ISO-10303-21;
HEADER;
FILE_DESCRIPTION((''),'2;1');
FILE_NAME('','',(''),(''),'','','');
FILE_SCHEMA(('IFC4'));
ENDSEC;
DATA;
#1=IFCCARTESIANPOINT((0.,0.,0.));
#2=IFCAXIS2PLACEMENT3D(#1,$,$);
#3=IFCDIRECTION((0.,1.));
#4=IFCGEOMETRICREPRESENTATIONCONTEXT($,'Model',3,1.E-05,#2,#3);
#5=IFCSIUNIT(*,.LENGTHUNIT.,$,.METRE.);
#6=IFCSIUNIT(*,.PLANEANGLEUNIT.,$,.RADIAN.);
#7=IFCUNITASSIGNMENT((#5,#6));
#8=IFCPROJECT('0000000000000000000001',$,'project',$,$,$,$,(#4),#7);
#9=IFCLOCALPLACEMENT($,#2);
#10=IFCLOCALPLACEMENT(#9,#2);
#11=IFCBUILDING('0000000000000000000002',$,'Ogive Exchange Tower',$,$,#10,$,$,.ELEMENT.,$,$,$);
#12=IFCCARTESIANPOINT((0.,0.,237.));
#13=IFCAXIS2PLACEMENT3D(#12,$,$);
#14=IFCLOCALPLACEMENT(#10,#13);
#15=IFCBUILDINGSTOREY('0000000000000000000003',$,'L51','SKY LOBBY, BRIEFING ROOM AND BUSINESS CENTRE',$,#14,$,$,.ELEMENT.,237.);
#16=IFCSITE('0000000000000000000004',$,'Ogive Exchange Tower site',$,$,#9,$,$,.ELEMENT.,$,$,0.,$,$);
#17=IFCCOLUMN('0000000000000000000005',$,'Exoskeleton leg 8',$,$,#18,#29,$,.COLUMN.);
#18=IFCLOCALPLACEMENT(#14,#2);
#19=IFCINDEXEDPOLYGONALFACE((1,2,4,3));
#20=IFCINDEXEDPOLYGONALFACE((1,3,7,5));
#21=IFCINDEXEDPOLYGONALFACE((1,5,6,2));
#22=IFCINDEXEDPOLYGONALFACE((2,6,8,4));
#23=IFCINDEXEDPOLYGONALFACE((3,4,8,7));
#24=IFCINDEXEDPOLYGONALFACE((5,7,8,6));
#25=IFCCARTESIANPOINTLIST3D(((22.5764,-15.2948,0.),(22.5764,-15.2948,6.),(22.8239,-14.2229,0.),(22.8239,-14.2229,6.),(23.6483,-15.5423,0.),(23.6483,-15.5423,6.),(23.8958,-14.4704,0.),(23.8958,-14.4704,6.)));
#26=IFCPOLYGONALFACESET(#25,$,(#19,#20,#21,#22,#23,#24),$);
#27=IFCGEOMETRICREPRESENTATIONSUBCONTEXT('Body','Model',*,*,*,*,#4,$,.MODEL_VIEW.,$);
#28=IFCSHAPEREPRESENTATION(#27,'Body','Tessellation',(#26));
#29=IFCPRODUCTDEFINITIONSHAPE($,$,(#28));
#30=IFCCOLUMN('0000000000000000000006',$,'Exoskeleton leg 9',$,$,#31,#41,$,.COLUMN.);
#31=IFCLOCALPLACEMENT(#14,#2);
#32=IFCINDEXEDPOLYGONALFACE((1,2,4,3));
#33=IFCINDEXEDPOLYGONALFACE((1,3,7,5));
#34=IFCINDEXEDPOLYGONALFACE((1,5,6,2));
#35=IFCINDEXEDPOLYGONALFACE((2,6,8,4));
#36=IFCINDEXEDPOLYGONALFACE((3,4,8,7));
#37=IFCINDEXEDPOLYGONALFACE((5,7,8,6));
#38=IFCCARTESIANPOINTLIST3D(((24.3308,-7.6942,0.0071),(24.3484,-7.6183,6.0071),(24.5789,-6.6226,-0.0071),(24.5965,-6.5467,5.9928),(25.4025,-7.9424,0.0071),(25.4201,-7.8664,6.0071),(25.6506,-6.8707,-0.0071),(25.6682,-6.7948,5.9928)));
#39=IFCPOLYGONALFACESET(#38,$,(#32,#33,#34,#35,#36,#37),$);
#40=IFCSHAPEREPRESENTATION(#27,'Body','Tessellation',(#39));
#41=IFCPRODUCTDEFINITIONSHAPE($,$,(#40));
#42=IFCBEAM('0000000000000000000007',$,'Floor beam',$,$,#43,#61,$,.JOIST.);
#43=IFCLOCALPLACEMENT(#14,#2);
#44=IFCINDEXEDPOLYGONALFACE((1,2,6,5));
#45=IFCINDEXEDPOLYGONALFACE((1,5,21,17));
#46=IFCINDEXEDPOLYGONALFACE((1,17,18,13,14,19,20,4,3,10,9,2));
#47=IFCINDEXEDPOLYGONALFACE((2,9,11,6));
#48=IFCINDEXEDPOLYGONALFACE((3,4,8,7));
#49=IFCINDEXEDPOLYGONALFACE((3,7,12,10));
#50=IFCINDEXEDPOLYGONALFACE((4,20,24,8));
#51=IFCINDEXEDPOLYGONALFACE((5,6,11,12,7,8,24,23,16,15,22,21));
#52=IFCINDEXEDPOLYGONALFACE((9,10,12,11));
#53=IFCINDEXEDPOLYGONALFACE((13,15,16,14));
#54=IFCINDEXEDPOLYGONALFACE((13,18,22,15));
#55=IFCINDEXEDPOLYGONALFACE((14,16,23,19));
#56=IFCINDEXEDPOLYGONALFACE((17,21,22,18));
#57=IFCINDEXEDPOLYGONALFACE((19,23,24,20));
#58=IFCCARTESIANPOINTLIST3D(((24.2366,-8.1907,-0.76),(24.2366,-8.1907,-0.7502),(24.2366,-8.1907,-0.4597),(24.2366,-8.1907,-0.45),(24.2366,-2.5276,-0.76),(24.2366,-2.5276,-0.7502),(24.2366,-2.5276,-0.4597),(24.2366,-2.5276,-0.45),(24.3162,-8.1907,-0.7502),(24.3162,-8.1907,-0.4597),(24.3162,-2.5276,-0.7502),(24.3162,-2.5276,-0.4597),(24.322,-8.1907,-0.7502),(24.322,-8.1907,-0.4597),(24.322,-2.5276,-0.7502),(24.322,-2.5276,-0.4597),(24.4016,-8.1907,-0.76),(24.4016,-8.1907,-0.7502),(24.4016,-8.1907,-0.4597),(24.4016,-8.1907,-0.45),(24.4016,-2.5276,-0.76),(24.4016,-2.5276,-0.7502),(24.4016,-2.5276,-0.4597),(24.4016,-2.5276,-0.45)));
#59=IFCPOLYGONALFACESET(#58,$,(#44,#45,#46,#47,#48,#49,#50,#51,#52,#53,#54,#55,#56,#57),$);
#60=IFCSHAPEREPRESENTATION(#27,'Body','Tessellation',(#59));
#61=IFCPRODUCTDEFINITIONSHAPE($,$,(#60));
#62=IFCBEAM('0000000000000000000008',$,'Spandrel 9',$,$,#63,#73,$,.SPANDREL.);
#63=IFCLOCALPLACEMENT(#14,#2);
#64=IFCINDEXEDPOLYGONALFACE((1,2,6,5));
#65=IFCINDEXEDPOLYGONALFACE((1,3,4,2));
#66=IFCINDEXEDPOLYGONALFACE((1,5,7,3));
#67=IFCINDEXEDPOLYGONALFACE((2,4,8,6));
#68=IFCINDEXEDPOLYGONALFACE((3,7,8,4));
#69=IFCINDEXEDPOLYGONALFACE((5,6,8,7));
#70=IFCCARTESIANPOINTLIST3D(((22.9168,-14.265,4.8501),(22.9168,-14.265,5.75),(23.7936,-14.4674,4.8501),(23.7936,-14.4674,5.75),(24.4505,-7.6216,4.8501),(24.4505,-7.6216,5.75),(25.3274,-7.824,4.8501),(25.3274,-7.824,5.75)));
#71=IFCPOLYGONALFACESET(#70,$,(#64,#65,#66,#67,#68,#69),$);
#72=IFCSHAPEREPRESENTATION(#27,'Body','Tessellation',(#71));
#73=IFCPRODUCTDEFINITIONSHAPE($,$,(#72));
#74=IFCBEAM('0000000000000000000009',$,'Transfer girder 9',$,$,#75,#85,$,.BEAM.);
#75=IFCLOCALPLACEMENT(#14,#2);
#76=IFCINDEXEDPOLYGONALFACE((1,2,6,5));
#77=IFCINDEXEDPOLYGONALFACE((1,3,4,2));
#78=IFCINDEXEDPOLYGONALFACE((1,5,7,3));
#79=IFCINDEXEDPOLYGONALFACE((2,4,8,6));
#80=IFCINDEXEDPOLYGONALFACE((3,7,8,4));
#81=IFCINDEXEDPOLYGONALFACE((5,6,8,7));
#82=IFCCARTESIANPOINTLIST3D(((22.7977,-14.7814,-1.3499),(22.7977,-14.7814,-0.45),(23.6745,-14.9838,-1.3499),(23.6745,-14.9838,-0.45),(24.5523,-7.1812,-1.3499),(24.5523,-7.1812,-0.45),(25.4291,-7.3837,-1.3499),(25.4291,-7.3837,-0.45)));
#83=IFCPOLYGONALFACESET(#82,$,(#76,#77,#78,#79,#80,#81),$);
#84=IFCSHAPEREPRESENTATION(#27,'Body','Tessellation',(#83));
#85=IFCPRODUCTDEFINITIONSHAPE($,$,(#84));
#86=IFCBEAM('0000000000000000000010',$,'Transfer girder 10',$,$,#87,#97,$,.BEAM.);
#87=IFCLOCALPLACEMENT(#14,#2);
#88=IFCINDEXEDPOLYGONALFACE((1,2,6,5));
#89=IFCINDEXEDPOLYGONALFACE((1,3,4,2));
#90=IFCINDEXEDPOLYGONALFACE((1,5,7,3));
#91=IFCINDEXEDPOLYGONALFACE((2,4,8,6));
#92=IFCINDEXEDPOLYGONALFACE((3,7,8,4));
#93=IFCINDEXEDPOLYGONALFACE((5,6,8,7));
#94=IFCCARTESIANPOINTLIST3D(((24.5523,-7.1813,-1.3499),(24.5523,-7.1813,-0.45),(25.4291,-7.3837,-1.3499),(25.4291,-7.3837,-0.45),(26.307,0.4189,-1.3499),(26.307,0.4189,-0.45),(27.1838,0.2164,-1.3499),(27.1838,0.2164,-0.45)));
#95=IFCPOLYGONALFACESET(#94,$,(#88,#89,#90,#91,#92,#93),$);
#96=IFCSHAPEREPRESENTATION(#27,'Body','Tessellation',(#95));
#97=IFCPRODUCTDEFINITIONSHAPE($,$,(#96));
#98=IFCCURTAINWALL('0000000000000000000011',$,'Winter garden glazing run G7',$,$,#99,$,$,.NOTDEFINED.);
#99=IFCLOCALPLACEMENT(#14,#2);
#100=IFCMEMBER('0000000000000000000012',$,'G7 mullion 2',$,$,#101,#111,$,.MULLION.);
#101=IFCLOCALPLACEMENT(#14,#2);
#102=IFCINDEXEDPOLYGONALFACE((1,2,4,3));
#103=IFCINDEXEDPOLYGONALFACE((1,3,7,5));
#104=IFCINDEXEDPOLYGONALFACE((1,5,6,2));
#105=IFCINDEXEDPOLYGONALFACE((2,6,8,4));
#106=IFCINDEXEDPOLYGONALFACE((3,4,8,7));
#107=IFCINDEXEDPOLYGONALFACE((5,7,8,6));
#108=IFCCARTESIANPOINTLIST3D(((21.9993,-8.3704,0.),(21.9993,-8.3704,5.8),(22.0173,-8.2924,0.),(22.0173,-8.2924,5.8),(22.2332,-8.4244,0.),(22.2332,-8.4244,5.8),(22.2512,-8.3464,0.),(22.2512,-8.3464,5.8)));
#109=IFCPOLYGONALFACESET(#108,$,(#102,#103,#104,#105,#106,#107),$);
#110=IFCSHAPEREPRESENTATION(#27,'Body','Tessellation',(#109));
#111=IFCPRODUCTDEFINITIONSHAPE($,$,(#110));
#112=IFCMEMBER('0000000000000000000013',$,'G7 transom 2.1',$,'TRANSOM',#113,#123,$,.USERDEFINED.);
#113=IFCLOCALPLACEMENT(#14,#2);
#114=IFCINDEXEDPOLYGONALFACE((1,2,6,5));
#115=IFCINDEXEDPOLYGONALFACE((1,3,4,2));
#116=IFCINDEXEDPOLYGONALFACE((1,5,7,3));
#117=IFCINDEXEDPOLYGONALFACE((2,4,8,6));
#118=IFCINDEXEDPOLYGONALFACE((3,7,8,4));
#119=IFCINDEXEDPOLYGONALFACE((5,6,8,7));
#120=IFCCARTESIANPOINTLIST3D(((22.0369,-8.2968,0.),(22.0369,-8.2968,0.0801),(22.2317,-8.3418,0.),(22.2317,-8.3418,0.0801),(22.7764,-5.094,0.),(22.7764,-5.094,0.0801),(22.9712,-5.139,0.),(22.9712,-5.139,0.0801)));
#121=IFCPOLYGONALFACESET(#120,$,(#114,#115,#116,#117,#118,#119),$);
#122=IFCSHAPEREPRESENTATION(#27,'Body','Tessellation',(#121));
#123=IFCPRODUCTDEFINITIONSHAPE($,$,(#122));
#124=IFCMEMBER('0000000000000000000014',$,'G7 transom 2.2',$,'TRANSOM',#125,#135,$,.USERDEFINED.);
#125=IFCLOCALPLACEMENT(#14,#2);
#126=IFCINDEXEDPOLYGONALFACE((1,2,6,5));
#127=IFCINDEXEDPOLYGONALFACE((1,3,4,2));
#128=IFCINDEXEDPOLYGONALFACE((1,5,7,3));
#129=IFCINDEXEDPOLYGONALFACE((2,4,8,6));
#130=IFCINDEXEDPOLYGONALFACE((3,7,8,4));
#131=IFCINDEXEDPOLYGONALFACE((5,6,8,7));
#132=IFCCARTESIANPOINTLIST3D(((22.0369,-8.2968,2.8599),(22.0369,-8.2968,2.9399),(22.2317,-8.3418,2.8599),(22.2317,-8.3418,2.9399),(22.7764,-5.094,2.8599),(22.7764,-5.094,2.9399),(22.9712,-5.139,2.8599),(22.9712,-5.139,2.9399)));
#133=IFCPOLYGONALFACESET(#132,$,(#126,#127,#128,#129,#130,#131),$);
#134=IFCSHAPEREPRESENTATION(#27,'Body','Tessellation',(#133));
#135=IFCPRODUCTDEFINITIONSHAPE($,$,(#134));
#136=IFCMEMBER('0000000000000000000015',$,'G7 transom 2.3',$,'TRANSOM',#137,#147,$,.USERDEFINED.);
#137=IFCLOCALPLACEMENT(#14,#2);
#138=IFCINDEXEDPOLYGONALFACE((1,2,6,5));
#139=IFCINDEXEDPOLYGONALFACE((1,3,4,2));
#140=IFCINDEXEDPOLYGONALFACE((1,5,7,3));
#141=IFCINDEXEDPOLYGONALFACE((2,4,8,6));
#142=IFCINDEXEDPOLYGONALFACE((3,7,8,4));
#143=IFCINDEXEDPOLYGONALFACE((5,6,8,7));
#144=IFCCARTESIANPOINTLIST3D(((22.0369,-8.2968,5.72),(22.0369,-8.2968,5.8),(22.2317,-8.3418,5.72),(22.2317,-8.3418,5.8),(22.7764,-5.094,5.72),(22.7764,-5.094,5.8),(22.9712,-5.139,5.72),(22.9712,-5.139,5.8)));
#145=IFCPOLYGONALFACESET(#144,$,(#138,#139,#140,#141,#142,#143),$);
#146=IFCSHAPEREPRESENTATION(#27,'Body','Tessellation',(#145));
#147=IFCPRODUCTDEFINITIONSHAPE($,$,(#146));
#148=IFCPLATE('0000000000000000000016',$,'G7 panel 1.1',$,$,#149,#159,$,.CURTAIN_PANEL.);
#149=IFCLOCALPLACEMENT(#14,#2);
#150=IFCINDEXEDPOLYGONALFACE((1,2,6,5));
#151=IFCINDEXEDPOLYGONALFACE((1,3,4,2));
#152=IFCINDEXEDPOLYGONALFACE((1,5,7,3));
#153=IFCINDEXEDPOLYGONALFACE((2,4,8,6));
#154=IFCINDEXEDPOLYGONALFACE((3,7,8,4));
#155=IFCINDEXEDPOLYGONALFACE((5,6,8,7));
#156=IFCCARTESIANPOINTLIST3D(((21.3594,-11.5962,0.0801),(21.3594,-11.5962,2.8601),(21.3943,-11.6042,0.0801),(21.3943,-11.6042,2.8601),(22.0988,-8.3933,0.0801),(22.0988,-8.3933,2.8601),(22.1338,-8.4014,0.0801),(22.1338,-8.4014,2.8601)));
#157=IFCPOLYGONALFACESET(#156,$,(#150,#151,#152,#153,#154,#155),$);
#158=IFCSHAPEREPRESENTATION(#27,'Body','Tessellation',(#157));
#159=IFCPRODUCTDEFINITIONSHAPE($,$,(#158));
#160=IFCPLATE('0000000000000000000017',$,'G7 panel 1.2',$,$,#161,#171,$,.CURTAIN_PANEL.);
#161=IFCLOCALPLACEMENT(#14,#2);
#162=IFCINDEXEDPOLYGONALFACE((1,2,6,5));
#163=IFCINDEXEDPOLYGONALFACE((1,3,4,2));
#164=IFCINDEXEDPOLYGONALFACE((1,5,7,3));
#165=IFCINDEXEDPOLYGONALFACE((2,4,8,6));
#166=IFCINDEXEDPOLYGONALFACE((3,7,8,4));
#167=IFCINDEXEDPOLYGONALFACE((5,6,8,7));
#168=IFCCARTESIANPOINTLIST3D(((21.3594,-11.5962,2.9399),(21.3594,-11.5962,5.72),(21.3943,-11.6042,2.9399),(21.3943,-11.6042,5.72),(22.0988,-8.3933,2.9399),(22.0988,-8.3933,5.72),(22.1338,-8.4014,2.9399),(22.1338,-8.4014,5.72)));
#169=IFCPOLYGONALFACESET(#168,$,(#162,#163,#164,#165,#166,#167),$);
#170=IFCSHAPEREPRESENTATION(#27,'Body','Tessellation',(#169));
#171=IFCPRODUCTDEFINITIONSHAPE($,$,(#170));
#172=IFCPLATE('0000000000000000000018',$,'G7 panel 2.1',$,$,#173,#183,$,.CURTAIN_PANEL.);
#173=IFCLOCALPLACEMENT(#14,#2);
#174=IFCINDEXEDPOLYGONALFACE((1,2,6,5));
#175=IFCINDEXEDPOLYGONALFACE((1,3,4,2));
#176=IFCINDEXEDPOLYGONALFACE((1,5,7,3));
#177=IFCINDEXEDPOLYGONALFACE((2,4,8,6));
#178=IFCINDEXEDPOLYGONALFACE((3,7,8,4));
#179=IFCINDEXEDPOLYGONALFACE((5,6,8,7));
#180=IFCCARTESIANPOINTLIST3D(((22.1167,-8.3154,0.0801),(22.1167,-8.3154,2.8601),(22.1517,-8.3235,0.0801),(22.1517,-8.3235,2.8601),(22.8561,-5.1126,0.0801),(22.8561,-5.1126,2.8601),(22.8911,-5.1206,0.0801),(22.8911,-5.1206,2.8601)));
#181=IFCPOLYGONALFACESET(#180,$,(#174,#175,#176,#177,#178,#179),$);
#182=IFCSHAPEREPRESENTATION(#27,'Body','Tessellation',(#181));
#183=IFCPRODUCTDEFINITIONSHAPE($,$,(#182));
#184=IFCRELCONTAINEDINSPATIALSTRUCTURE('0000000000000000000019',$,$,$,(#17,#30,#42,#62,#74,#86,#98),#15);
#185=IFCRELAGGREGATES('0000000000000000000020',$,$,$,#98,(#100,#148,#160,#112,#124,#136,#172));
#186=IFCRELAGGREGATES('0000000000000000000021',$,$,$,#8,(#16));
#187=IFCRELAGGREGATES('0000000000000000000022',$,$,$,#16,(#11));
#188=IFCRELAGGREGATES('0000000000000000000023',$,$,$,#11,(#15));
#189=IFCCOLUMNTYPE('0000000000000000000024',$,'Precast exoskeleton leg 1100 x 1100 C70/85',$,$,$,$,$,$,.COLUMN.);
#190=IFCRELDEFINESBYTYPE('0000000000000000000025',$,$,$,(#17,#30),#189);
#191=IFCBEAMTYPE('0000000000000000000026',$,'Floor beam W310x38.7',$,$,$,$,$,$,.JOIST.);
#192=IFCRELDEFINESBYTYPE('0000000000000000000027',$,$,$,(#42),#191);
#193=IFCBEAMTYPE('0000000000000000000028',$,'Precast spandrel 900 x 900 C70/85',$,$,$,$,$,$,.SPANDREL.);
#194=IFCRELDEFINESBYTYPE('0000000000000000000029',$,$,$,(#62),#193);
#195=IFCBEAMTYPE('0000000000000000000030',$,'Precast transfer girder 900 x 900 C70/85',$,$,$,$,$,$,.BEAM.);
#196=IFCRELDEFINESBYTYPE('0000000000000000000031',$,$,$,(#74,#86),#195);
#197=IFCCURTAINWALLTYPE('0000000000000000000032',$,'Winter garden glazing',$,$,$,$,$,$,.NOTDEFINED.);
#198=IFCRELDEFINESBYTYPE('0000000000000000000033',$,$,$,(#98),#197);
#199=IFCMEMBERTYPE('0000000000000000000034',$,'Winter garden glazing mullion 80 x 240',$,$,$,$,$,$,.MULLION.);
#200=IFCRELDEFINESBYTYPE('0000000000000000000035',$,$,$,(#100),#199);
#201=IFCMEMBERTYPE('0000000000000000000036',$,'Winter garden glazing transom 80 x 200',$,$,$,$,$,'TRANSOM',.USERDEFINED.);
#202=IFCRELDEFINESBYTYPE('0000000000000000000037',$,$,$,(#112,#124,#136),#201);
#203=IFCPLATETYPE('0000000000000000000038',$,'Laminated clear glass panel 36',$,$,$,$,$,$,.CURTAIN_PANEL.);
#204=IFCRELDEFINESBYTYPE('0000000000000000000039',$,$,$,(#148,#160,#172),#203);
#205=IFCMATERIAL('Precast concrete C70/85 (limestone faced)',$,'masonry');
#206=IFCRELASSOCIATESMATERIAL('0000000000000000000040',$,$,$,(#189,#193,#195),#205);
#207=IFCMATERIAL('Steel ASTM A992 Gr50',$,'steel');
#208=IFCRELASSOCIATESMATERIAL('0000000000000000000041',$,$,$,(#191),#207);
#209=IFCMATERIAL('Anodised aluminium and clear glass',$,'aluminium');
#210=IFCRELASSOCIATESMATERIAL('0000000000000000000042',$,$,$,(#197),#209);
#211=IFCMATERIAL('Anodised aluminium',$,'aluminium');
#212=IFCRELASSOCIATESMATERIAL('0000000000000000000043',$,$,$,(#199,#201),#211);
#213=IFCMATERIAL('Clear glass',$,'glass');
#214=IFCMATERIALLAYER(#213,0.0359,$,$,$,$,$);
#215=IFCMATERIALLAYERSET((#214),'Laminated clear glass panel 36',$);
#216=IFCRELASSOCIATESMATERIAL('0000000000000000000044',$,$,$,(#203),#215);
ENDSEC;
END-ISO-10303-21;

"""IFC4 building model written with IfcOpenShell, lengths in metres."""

from ifc_helpers import new_model, si_unit, direction, frame, origin, origin_2d, place, context, subcontext, project, spatial, rectangle, i_section, extrude, material, layer, layer_set, material_profile, profile_set, type_object, element, aggregate, save


model = new_model("IFC4")

# Units and contexts
model_context = context("Model", 3, precision=1e-05, world=origin(), true_north=direction((0.0, 1.0)))
body_context = subcontext(model_context, "Body", "Model", "MODEL_VIEW")
ifc_project = project(units=[si_unit("LENGTHUNIT", "METRE"), si_unit("PLANEANGLEUNIT", "RADIAN")], contexts=[model_context])

# Site, building, storey
site_placement = place(None, origin())
site = spatial("IfcSite", under=ifc_project, at=site_placement, Name="Ogive Exchange Tower site", CompositionType="ELEMENT", RefElevation=0.0)
building_placement = place(site_placement, origin())
building = spatial("IfcBuilding", under=site, at=building_placement, Name="Ogive Exchange Tower", CompositionType="ELEMENT")
storey_placement = place(building_placement, frame((0.0, 0.0, 237.0)))
storey = spatial("IfcBuildingStorey", under=building, at=storey_placement, Name="L51", Description="SKY LOBBY, BRIEFING ROOM AND BUSINESS CENTRE", CompositionType="ELEMENT", Elevation=237.0)

# Columns
ifc_material_1 = material(Name="Precast concrete C70/85 (limestone faced)", Category="masonry")
ifc_material_profile_1 = material_profile(ifc_material_1, rectangle(XDim=1.1001, YDim=1.1001, at=origin_2d()), Name="1100 x 1100")
ifc_profile_set_1 = profile_set([ifc_material_profile_1], Name="Precast concrete C70/85 (limestone faced)")
column_type = type_object("IfcColumnType", Name="Precast exoskeleton leg 1100 x 1100 C70/85", PredefinedType="COLUMN", material=ifc_profile_set_1)
column_1_placement = place(storey_placement, frame((23.2361, -14.8826, 0.0), z_axis=(0.0, 0.0, 1.0), x_axis=(0.97437, -0.224951, 0.0)))
element("IfcColumn", 1, at=column_1_placement, inside=storey, type_object=column_type, Name="Exoskeleton leg 8", PredefinedType="COLUMN", context=body_context, shape_type="SweptSolid", body=[
    extrude(rectangle(XDim=1.1001, YDim=1.1001, at=origin_2d()), origin(), (0.0, 0.0, 1.0), 6.0),
])
column_2_placement = place(storey_placement, frame((24.9907, -7.2825, 0.0), z_axis=(0.002929, 0.012654, 0.999916), x_axis=(-0.974233, 0.225546, 0.0)))
element("IfcColumn", 2, at=column_2_placement, inside=storey, type_object=column_type, Name="Exoskeleton leg 9", PredefinedType="COLUMN", context=body_context, shape_type="SweptSolid", body=[
    extrude(rectangle(XDim=1.1001, YDim=1.1001, at=origin_2d()), origin(), (0.0, 0.0, 1.0), 6.0005),
])

# Beams
ifc_material_2 = material(Name="Steel ASTM A992 Gr50", Category="steel")
ifc_material_profile_2 = material_profile(ifc_material_2, i_section(OverallWidth=0.165, OverallDepth=0.3101, WebThickness=0.0059, FlangeThickness=0.0098, at=origin_2d()), Name="W310x38.7")
ifc_profile_set_2 = profile_set([ifc_material_profile_2], Name="Steel ASTM A992 Gr50")
beam_type_1 = type_object("IfcBeamType", Name="Floor beam W310x38.7", PredefinedType="JOIST", material=ifc_profile_set_2)
beam_1_placement = place(storey_placement, frame((24.3191, -8.1907, -0.605), z_axis=(0.0, 1.0, 0.0), x_axis=(-1.0, 0.0, 0.0)))
element("IfcBeam", 3, at=beam_1_placement, inside=storey, type_object=beam_type_1, Name="Floor beam", PredefinedType="JOIST", context=body_context, shape_type="SweptSolid", body=[
    extrude(i_section(OverallWidth=0.165, OverallDepth=0.3101, WebThickness=0.0059, FlangeThickness=0.0098, at=origin_2d()), origin(), (0.0, 0.0, 1.0), 5.6631),
])
ifc_material_profile_3 = material_profile(ifc_material_1, rectangle(XDim=0.8999, YDim=0.8999, at=origin_2d()), Name="900 x 900")
ifc_profile_set_3 = profile_set([ifc_material_profile_3], Name="Precast concrete C70/85 (limestone faced)")
beam_type_2 = type_object("IfcBeamType", Name="Precast spandrel 900 x 900 C70/85", PredefinedType="SPANDREL", material=ifc_profile_set_3)
beam_2_placement = place(storey_placement, frame((23.3552, -14.3662, 5.3), z_axis=(0.224946, 0.974371, 0.0), x_axis=(-0.974371, 0.224946, 0.0)))
element("IfcBeam", 4, at=beam_2_placement, inside=storey, type_object=beam_type_2, Name="Spandrel 9", PredefinedType="SPANDREL", context=body_context, shape_type="SweptSolid", body=[
    extrude(rectangle(XDim=0.8999, YDim=0.8999, at=origin_2d()), origin(), (0.0, 0.0, 1.0), 6.8181),
])
ifc_material_profile_4 = material_profile(ifc_material_1, rectangle(XDim=0.8999, YDim=0.8999, at=origin_2d()), Name="900 x 900")
ifc_profile_set_4 = profile_set([ifc_material_profile_4], Name="Precast concrete C70/85 (limestone faced)")
beam_type_3 = type_object("IfcBeamType", Name="Precast transfer girder 900 x 900 C70/85", PredefinedType="BEAM", material=ifc_profile_set_4)
for number, where, z_axis, x_axis, name in (
    (5, (23.2361, -14.8826, -0.8999), (0.224953, 0.97437, 0.0), (-0.97437, 0.224953, 0.0), "Transfer girder 9"),
    (6, (24.9907, -7.2825, -0.8999), (0.224953, 0.97437, 0.0), (-0.97437, 0.224953, 0.0), "Transfer girder 10"),
):
    element("IfcBeam", number, at=place(storey_placement, frame(where, z_axis=z_axis, x_axis=x_axis)), inside=storey, type_object=beam_type_3, Name=name, PredefinedType="BEAM", context=body_context, shape_type="SweptSolid", body=[
        extrude(rectangle(XDim=0.8999, YDim=0.8999, at=origin_2d()), origin(), (0.0, 0.0, 1.0), 7.8),
    ])

# Curtain wall, members, plates
ifc_material_3 = material(Name="Anodised aluminium and clear glass", Category="aluminium")
curtain_wall_type = type_object("IfcCurtainWallType", Name="Winter garden glazing", PredefinedType="NOTDEFINED", material=ifc_material_3)
curtain_wall_placement = place(storey_placement, origin())
curtain_wall = element("IfcCurtainWall", 7, at=curtain_wall_placement, inside=storey, type_object=curtain_wall_type, Name="Winter garden glazing run G7", PredefinedType="NOTDEFINED")
ifc_material_4 = material(Name="Anodised aluminium", Category="aluminium")
ifc_material_profile_5 = material_profile(ifc_material_4, rectangle(XDim=0.24, YDim=0.0801, at=origin_2d()), Name="AL 80x240")
ifc_profile_set_5 = profile_set([ifc_material_profile_5], Name="Anodised aluminium")
member_type_1 = type_object("IfcMemberType", Name="Winter garden glazing mullion 80 x 240", PredefinedType="MULLION", material=ifc_profile_set_5)
member_1_placement = place(storey_placement, frame((22.1252, -8.3584, 0.0), z_axis=(0.0, 0.0, 1.0), x_axis=(-0.97437, 0.224952, 0.0)))
member_1 = element("IfcMember", 8, at=member_1_placement, type_object=member_type_1, Name="G7 mullion 2", PredefinedType="MULLION", context=body_context, shape_type="SweptSolid", body=[
    extrude(rectangle(XDim=0.24, YDim=0.0801, at=origin_2d()), origin(), (0.0, 0.0, 1.0), 5.8),
])
ifc_material_profile_6 = material_profile(ifc_material_4, rectangle(XDim=0.2, YDim=0.0801, at=origin_2d()), Name="AL 80x200")
ifc_profile_set_6 = profile_set([ifc_material_profile_6], Name="Anodised aluminium")
member_type_2 = type_object("IfcMemberType", Name="Winter garden glazing transom 80 x 200", ElementType="TRANSOM", PredefinedType="USERDEFINED", material=ifc_profile_set_6)
member_2_placement = place(storey_placement, frame((22.1343, -8.3193, 0.04), z_axis=(0.224968, 0.974366, 0.0), x_axis=(-0.974366, 0.224968, 0.0)))
member_2 = element("IfcMember", 9, at=member_2_placement, type_object=member_type_2, Name="G7 transom 2.1", ObjectType="TRANSOM", PredefinedType="USERDEFINED", context=body_context, shape_type="SweptSolid", body=[
    extrude(rectangle(XDim=0.2, YDim=0.0801, at=origin_2d()), origin(), (0.0, 0.0, 1.0), 3.2871),
])
member_3_placement = place(storey_placement, frame((22.1343, -8.3193, 2.8999), z_axis=(0.224968, 0.974366, 0.0), x_axis=(-0.974366, 0.224968, 0.0)))
member_3 = element("IfcMember", 10, at=member_3_placement, type_object=member_type_2, Name="G7 transom 2.2", ObjectType="TRANSOM", PredefinedType="USERDEFINED", context=body_context, shape_type="SweptSolid", body=[
    extrude(rectangle(XDim=0.2, YDim=0.0801, at=origin_2d()), origin(), (0.0, 0.0, 1.0), 3.2871),
])
member_4_placement = place(storey_placement, frame((22.1343, -8.3193, 5.76), z_axis=(0.224968, 0.974366, 0.0), x_axis=(-0.974366, 0.224968, 0.0)))
member_4 = element("IfcMember", 11, at=member_4_placement, type_object=member_type_2, Name="G7 transom 2.3", ObjectType="TRANSOM", PredefinedType="USERDEFINED", context=body_context, shape_type="SweptSolid", body=[
    extrude(rectangle(XDim=0.2, YDim=0.0801, at=origin_2d()), origin(), (0.0, 0.0, 1.0), 3.2871),
])
ifc_material_5 = material(Name="Clear glass", Category="glass")
ifc_layer_1 = layer(ifc_material_5, 0.0359)
ifc_layer_set_1 = layer_set([ifc_layer_1], Name="Laminated clear glass panel 36")
plate_type = type_object("IfcPlateType", Name="Laminated clear glass panel 36", PredefinedType="CURTAIN_PANEL", material=ifc_layer_set_1)
plate_1_placement = place(storey_placement, frame((21.7466, -9.9988, 0.0801), z_axis=(0.0, 0.0, 1.0), x_axis=(0.224952, 0.97437, 0.0)))
plate_1 = element("IfcPlate", 12, at=plate_1_placement, type_object=plate_type, Name="G7 panel 1.1", PredefinedType="CURTAIN_PANEL", context=body_context, shape_type="SweptSolid", body=[
    extrude(rectangle(XDim=3.2871, YDim=0.0359, at=origin_2d()), origin(), (0.0, 0.0, 1.0), 2.78),
])
plate_2_placement = place(storey_placement, frame((21.7466, -9.9988, 2.9399), z_axis=(0.0, 0.0, 1.0), x_axis=(0.224952, 0.97437, 0.0)))
plate_2 = element("IfcPlate", 13, at=plate_2_placement, type_object=plate_type, Name="G7 panel 1.2", PredefinedType="CURTAIN_PANEL", context=body_context, shape_type="SweptSolid", body=[
    extrude(rectangle(XDim=3.2871, YDim=0.0359, at=origin_2d()), origin(), (0.0, 0.0, 1.0), 2.78),
])
plate_3_placement = place(storey_placement, frame((22.5039, -6.718, 0.0801), z_axis=(0.0, 0.0, 1.0), x_axis=(0.224952, 0.97437, 0.0)))
plate_3 = element("IfcPlate", 14, at=plate_3_placement, type_object=plate_type, Name="G7 panel 2.1", PredefinedType="CURTAIN_PANEL", context=body_context, shape_type="SweptSolid", body=[
    extrude(rectangle(XDim=3.2871, YDim=0.0359, at=origin_2d()), origin(), (0.0, 0.0, 1.0), 2.78),
])
aggregate(curtain_wall, [member_1, plate_1, plate_2, member_2, member_3, member_4, plate_3])

save(model, "model.ifc")
